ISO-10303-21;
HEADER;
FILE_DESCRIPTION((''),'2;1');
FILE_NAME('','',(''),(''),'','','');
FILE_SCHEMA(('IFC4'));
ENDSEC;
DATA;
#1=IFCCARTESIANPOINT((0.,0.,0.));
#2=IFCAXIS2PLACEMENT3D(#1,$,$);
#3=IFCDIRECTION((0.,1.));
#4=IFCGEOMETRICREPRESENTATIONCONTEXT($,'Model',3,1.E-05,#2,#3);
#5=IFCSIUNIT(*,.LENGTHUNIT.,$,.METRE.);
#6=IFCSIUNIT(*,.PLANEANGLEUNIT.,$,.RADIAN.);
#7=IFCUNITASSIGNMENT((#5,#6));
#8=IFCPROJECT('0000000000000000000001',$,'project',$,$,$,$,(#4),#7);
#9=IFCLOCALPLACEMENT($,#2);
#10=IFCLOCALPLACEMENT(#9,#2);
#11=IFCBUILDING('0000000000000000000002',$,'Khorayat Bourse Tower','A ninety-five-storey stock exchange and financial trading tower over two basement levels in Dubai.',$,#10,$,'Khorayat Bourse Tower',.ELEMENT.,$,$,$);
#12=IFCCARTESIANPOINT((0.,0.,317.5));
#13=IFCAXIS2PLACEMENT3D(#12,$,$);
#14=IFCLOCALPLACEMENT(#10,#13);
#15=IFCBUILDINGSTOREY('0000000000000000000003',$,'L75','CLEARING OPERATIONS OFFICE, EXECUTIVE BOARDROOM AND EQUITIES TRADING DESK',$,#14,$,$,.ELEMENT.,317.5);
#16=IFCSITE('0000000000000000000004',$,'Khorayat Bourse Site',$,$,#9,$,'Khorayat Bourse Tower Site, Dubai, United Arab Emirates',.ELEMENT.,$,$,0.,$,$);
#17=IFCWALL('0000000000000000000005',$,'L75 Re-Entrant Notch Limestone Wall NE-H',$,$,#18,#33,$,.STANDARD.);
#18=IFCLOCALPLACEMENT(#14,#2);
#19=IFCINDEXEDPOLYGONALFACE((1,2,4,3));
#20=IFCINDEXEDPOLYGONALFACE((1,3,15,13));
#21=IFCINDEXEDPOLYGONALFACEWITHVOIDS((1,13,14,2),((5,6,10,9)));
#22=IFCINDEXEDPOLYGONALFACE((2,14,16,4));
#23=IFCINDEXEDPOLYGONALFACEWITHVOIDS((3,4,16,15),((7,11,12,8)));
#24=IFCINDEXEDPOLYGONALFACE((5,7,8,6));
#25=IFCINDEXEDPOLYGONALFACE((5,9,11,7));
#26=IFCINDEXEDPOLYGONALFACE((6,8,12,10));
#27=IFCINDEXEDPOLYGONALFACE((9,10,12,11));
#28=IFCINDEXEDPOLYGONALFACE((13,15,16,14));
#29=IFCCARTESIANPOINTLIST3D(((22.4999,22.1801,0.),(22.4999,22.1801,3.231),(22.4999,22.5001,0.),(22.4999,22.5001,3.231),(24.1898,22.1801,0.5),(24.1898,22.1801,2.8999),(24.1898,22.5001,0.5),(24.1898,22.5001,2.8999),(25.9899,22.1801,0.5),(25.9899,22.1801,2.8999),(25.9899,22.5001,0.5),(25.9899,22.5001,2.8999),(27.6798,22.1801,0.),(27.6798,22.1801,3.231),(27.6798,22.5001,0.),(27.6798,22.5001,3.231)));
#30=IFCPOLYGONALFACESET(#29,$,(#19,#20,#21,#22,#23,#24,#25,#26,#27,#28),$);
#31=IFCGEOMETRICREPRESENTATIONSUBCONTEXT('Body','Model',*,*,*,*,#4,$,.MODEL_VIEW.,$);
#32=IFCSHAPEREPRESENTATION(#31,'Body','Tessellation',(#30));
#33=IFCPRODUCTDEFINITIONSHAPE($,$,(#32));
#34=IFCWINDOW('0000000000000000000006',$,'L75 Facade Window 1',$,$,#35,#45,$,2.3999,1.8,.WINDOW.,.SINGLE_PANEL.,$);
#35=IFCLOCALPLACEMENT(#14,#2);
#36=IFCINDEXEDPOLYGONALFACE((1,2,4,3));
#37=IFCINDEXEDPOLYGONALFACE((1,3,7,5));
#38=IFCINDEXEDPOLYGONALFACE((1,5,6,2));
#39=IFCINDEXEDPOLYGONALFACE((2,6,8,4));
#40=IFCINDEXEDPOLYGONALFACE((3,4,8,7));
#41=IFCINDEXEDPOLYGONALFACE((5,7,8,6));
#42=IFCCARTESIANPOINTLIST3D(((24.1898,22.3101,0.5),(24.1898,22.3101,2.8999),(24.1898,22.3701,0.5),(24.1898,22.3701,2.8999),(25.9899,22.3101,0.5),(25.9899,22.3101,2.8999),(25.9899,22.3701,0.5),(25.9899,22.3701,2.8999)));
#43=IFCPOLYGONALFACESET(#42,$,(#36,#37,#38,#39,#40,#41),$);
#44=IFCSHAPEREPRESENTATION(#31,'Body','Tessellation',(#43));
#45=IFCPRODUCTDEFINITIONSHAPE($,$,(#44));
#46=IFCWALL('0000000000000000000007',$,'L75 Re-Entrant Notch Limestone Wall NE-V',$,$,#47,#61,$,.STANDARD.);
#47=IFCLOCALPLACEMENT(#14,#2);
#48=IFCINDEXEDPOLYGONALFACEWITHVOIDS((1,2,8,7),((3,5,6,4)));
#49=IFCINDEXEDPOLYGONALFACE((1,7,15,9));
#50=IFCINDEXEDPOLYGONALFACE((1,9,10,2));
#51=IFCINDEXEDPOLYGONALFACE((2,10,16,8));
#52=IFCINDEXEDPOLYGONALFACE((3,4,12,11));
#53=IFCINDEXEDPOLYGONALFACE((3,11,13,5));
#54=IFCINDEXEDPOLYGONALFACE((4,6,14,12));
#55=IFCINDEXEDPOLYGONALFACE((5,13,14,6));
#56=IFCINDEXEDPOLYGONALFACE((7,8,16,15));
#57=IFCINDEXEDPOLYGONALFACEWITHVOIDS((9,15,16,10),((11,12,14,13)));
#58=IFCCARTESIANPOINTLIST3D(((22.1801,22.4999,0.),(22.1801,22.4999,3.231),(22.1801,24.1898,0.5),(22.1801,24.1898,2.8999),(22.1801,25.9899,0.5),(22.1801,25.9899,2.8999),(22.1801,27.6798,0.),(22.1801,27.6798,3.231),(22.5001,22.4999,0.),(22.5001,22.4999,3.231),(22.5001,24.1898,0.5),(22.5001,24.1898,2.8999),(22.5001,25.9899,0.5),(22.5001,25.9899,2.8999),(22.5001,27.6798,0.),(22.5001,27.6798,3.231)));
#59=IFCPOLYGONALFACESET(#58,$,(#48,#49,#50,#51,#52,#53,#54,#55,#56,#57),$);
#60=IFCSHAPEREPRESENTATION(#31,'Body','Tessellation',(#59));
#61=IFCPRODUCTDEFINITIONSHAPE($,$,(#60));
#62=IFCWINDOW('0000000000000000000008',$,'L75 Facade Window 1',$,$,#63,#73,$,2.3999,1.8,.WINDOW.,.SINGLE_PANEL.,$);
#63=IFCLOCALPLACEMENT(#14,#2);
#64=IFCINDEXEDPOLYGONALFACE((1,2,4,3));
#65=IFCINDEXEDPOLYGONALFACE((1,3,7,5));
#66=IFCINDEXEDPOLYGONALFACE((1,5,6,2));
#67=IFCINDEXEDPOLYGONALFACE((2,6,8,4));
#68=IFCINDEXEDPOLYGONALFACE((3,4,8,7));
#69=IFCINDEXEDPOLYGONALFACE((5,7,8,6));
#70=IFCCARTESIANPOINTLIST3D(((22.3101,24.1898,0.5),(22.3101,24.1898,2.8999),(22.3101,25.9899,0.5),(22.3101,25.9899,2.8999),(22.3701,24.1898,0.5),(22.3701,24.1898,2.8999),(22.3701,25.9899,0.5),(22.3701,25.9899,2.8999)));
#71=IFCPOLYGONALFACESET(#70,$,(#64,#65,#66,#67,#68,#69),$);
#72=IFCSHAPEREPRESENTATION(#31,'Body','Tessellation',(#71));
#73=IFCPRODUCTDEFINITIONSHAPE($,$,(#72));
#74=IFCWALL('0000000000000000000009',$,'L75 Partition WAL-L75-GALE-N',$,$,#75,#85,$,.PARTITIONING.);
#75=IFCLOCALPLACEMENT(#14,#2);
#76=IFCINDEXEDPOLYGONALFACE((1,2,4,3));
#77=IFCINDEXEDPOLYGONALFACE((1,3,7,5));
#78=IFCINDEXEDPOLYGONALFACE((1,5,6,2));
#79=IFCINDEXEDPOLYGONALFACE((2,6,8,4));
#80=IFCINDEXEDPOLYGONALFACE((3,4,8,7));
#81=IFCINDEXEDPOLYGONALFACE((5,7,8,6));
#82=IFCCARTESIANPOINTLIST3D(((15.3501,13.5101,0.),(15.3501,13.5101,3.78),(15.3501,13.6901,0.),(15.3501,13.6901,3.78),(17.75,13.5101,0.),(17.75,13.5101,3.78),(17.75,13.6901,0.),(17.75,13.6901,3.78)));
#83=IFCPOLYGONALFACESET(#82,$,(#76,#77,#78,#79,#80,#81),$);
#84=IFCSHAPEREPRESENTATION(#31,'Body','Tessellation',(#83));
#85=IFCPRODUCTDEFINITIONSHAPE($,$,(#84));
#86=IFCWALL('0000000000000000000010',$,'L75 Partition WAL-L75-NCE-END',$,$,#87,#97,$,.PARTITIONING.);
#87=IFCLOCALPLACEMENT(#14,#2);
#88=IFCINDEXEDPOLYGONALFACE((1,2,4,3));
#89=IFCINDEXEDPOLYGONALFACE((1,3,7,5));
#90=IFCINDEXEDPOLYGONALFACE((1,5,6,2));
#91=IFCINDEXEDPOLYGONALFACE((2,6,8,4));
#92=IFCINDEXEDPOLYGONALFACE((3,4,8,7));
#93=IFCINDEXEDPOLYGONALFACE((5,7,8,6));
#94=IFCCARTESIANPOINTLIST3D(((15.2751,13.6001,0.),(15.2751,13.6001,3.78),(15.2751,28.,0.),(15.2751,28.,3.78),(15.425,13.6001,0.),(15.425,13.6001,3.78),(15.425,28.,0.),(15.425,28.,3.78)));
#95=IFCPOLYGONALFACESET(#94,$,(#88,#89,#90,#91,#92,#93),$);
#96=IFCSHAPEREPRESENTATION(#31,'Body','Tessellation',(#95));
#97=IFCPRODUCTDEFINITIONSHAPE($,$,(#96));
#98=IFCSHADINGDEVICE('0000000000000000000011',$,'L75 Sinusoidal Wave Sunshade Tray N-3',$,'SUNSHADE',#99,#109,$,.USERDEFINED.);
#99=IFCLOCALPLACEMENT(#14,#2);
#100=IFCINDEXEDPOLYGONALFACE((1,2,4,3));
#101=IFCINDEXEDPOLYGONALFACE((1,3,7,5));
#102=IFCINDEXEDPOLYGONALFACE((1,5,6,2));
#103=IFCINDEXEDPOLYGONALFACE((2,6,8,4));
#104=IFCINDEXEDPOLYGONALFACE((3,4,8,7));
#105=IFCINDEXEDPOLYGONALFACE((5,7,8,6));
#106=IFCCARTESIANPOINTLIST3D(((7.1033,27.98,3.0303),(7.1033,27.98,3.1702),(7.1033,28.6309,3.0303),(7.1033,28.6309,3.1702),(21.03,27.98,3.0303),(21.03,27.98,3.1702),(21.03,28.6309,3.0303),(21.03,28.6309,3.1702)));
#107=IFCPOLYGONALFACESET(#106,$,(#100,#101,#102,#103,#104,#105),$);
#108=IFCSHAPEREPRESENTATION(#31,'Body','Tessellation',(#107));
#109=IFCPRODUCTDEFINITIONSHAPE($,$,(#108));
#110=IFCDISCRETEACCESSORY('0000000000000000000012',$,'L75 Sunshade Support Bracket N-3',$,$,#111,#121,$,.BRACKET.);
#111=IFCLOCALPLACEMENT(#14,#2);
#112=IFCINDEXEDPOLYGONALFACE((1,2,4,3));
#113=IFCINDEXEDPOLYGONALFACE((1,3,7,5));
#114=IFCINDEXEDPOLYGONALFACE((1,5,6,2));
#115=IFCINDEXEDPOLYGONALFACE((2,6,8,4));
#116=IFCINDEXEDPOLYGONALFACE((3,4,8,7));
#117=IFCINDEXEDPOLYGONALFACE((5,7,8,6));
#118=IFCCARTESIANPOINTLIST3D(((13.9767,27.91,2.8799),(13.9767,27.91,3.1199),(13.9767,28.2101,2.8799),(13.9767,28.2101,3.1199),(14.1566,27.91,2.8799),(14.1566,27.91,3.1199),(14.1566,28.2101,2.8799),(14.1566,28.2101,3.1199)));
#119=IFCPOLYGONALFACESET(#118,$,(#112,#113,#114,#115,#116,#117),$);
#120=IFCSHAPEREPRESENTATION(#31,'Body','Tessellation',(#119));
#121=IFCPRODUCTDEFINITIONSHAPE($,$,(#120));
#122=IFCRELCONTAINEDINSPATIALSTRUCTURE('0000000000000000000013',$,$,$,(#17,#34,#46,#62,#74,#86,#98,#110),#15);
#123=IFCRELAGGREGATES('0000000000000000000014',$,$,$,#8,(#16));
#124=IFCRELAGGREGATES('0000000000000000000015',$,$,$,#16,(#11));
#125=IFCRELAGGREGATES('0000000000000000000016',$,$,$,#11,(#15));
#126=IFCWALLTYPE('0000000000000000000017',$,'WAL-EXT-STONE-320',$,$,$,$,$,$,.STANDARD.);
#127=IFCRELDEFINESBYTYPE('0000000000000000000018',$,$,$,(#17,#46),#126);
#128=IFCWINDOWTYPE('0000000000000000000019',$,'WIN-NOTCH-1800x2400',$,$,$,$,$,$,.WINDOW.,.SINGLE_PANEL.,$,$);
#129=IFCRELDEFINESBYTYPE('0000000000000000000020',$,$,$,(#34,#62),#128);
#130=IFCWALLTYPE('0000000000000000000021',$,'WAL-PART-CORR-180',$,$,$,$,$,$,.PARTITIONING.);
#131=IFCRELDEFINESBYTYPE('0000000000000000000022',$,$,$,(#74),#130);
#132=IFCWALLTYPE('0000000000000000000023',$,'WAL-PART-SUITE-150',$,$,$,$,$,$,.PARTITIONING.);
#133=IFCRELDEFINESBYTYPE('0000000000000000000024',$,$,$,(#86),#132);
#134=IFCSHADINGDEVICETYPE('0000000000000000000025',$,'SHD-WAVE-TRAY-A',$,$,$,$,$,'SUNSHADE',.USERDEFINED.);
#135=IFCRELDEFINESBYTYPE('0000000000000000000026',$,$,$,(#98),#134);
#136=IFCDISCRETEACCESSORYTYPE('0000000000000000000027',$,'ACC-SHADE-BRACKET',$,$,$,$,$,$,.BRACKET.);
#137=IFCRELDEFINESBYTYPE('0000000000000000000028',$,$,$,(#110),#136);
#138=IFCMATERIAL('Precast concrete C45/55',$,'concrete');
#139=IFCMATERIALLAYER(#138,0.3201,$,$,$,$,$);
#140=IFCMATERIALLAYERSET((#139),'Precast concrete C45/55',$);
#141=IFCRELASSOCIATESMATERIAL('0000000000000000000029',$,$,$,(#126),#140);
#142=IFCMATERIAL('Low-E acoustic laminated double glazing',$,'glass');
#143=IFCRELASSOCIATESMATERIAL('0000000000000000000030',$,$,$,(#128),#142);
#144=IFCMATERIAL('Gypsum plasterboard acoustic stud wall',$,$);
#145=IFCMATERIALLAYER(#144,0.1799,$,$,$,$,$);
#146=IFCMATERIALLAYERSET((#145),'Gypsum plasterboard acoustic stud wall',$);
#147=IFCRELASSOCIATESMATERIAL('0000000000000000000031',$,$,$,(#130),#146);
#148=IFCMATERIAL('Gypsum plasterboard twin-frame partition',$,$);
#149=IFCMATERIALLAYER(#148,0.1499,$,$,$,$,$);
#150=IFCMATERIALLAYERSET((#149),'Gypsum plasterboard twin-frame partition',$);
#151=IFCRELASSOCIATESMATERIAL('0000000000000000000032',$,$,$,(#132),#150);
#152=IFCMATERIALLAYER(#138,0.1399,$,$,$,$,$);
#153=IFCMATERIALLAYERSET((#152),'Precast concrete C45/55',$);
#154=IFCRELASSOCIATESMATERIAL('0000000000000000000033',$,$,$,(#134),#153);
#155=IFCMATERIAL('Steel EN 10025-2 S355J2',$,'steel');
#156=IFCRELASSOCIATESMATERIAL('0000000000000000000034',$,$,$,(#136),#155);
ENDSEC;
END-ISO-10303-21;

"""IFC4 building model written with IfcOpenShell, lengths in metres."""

from ifc_helpers import new_model, si_unit, direction, frame, frame_2d, origin, origin_2d, place, context, subcontext, project, spatial, rectangle, extrude, source, transform, mapped, material, layer, layer_set, type_object, element, fill, save


model = new_model("IFC4")

# Units and contexts
model_context = context("Model", 3, precision=1e-05, world=origin(), true_north=direction((0.0, 1.0)))
body_context = subcontext(model_context, "Body", "Model", "MODEL_VIEW")
ifc_project = project(units=[si_unit("LENGTHUNIT", "METRE"), si_unit("PLANEANGLEUNIT", "RADIAN")], contexts=[model_context])

# Site, building, storey
site_placement = place(None, origin())
site = spatial("IfcSite", under=ifc_project, at=site_placement, Name="Khorayat Bourse Site", LongName="Khorayat Bourse Tower Site, Dubai, United Arab Emirates", CompositionType="ELEMENT", RefElevation=0.0)
building_placement = place(site_placement, origin())
building = spatial("IfcBuilding", under=site, at=building_placement, Name="Khorayat Bourse Tower", Description="A ninety-five-storey stock exchange and financial trading tower over two basement levels in Dubai.", LongName="Khorayat Bourse Tower", CompositionType="ELEMENT")
storey_placement = place(building_placement, frame((0.0, 0.0, 317.5)))
storey = spatial("IfcBuildingStorey", under=building, at=storey_placement, Name="L75", Description="CLEARING OPERATIONS OFFICE, EXECUTIVE BOARDROOM AND EQUITIES TRADING DESK", CompositionType="ELEMENT", Elevation=317.5)

# Shared definitions
ifc_material_1 = material(Name="Steel EN 10025-2 S355J2", Category="steel")

# Walls, openings, windows
ifc_material_2 = material(Name="Precast concrete C45/55", Category="concrete")
ifc_layer_1 = layer(ifc_material_2, 0.3201)
ifc_layer_set_1 = layer_set([ifc_layer_1], Name="Precast concrete C45/55")
wall_type_1 = type_object("IfcWallType", Name="WAL-EXT-STONE-320", PredefinedType="STANDARD", material=ifc_layer_set_1)
shared_shape_1 = source(origin(), body_context, "Body", "SweptSolid", [
    extrude(rectangle(XDim=5.1799, YDim=0.3201, at=frame_2d((2.5898, 0.0))), origin(), (0.0, 0.0, 1.0), 3.231),
])
wall_1_placement = place(storey_placement, frame((22.5, 22.3401, 0.0), z_axis=(0.0, 0.0, 1.0), x_axis=(1.0, 0.0, 0.0)))
wall_1 = element("IfcWall", 1, at=wall_1_placement, inside=storey, type_object=wall_type_1, Name="L75 Re-Entrant Notch Limestone Wall NE-H", PredefinedType="STANDARD", context=body_context, shape_type="MappedRepresentation", body=[
    mapped(shared_shape_1, transform((0.0, 0.0, 0.0), scale=1.0)),
])
shared_shape_2 = source(origin(), body_context, "Body", "SweptSolid", [
    extrude(rectangle(XDim=1.8, YDim=2.3999, at=frame_2d((0.8999, 1.2))), frame((0.0, 0.1699, 0.0), z_axis=(0.0, -1.0, 0.0), x_axis=(1.0, 0.0, 0.0)), (0.0, 0.0, 1.0), 0.3401),
])
opening_1_placement = place(wall_1_placement, frame((1.6899, 0.0, 0.5)))
opening_1 = element("IfcOpeningElement", 2, at=opening_1_placement, cuts=wall_1, PredefinedType="OPENING", context=body_context, shape_type="MappedRepresentation", body=[
    mapped(shared_shape_2, transform((0.0, 0.0, 0.0), scale=1.0)),
])
ifc_material_3 = material(Name="Low-E acoustic laminated double glazing", Category="glass")
window_type = type_object("IfcWindowType", Name="WIN-NOTCH-1800x2400", PartitioningType="SINGLE_PANEL", PredefinedType="WINDOW", material=ifc_material_3)
shared_shape_3 = source(origin(), body_context, "Body", "SweptSolid", [
    extrude(rectangle(XDim=1.8, YDim=2.3999, at=frame_2d((0.8999, 1.2))), frame((0.0, 0.03, 0.0), z_axis=(0.0, -1.0, 0.0), x_axis=(1.0, 0.0, 0.0)), (0.0, 0.0, 1.0), 0.0601),
])
window_1_placement = place(opening_1_placement, origin())
window_1 = element("IfcWindow", 3, at=window_1_placement, inside=storey, type_object=window_type, Name="L75 Facade Window 1", OverallHeight=2.3999, OverallWidth=1.8, PartitioningType="SINGLE_PANEL", PredefinedType="WINDOW", context=body_context, shape_type="MappedRepresentation", body=[
    mapped(shared_shape_3, transform((0.0, 0.0, 0.0), scale=1.0)),
])
fill(opening_1, window_1)
wall_2_placement = place(storey_placement, frame((22.3401, 22.5, 0.0), z_axis=(0.0, 0.0, 1.0), x_axis=(0.0, 1.0, 0.0)))
wall_2 = element("IfcWall", 4, at=wall_2_placement, inside=storey, type_object=wall_type_1, Name="L75 Re-Entrant Notch Limestone Wall NE-V", PredefinedType="STANDARD", context=body_context, shape_type="MappedRepresentation", body=[
    mapped(shared_shape_1, transform((0.0, 0.0, 0.0), scale=1.0)),
])
opening_2_placement = place(wall_2_placement, frame((1.6899, 0.0, 0.5)))
opening_2 = element("IfcOpeningElement", 5, at=opening_2_placement, cuts=wall_2, PredefinedType="OPENING", context=body_context, shape_type="MappedRepresentation", body=[
    mapped(shared_shape_2, transform((0.0, 0.0, 0.0), scale=1.0)),
])
window_2_placement = place(opening_2_placement, origin())
window_2 = element("IfcWindow", 6, at=window_2_placement, inside=storey, type_object=window_type, Name="L75 Facade Window 1", OverallHeight=2.3999, OverallWidth=1.8, PartitioningType="SINGLE_PANEL", PredefinedType="WINDOW", context=body_context, shape_type="MappedRepresentation", body=[
    mapped(shared_shape_3, transform((0.0, 0.0, 0.0), scale=1.0)),
])
fill(opening_2, window_2)

# Walls
ifc_material_4 = material(Name="Gypsum plasterboard acoustic stud wall")
ifc_layer_2 = layer(ifc_material_4, 0.1799)
ifc_layer_set_2 = layer_set([ifc_layer_2], Name="Gypsum plasterboard acoustic stud wall")
wall_type_2 = type_object("IfcWallType", Name="WAL-PART-CORR-180", PredefinedType="PARTITIONING", material=ifc_layer_set_2)
shared_shape_4 = source(origin(), body_context, "Body", "SweptSolid", [
    extrude(rectangle(XDim=2.3999, YDim=0.1799, at=frame_2d((1.2, 0.0))), origin(), (0.0, 0.0, 1.0), 3.78),
])
wall_3_placement = place(storey_placement, frame((15.3501, 13.6001, 0.0), z_axis=(0.0, 0.0, 1.0), x_axis=(1.0, 0.0, 0.0)))
element("IfcWall", 7, at=wall_3_placement, inside=storey, type_object=wall_type_2, Name="L75 Partition WAL-L75-GALE-N", PredefinedType="PARTITIONING", context=body_context, shape_type="MappedRepresentation", body=[
    mapped(shared_shape_4, transform((0.0, 0.0, 0.0), scale=1.0)),
])
ifc_material_5 = material(Name="Gypsum plasterboard twin-frame partition")
ifc_layer_3 = layer(ifc_material_5, 0.1499)
ifc_layer_set_3 = layer_set([ifc_layer_3], Name="Gypsum plasterboard twin-frame partition")
wall_type_3 = type_object("IfcWallType", Name="WAL-PART-SUITE-150", PredefinedType="PARTITIONING", material=ifc_layer_set_3)
shared_shape_5 = source(origin(), body_context, "Body", "SweptSolid", [
    extrude(rectangle(XDim=14.3999, YDim=0.1499, at=frame_2d((7.2, 0.0))), origin(), (0.0, 0.0, 1.0), 3.78),
])
wall_4_placement = place(storey_placement, frame((15.3501, 13.6001, 0.0), z_axis=(0.0, 0.0, 1.0), x_axis=(0.0, 1.0, 0.0)))
element("IfcWall", 8, at=wall_4_placement, inside=storey, type_object=wall_type_3, Name="L75 Partition WAL-L75-NCE-END", PredefinedType="PARTITIONING", context=body_context, shape_type="MappedRepresentation", body=[
    mapped(shared_shape_5, transform((0.0, 0.0, 0.0), scale=1.0)),
])

# Shading device
ifc_layer_4 = layer(ifc_material_2, 0.1399)
ifc_layer_set_4 = layer_set([ifc_layer_4], Name="Precast concrete C45/55")
shading_device_type = type_object("IfcShadingDeviceType", Name="SHD-WAVE-TRAY-A", ElementType="SUNSHADE", PredefinedType="USERDEFINED", material=ifc_layer_set_4)
shared_shape_6 = source(origin(), body_context, "Body", "SweptSolid", [
    extrude(rectangle(XDim=13.9268, YDim=0.6509, at=origin_2d()), origin(), (0.0, 0.0, 1.0), 0.1399),
])
shading_device_placement = place(storey_placement, frame((14.0667, 28.3054, 3.0303), z_axis=(0.0, 0.0, 1.0), x_axis=(1.0, 0.0, 0.0)))
element("IfcShadingDevice", 9, at=shading_device_placement, inside=storey, type_object=shading_device_type, Name="L75 Sinusoidal Wave Sunshade Tray N-3", ObjectType="SUNSHADE", PredefinedType="USERDEFINED", context=body_context, shape_type="MappedRepresentation", body=[
    mapped(shared_shape_6, transform((0.0, 0.0, 0.0), scale=1.0)),
])

# Discrete accessory
discrete_accessory_type = type_object("IfcDiscreteAccessoryType", Name="ACC-SHADE-BRACKET", PredefinedType="BRACKET", material=ifc_material_1)
shared_shape_7 = source(origin(), body_context, "Body", "SweptSolid", [
    extrude(rectangle(XDim=0.1799, YDim=0.3, at=origin_2d()), origin(), (0.0, 0.0, 1.0), 0.24),
])
discrete_accessory_placement = place(storey_placement, frame((14.0667, 28.0601, 2.8799), z_axis=(0.0, 0.0, 1.0), x_axis=(1.0, 0.0, 0.0)))
element("IfcDiscreteAccessory", 10, at=discrete_accessory_placement, inside=storey, type_object=discrete_accessory_type, Name="L75 Sunshade Support Bracket N-3", PredefinedType="BRACKET", context=body_context, shape_type="MappedRepresentation", body=[
    mapped(shared_shape_7, transform((0.0, 0.0, 0.0), scale=1.0)),
])

save(model, "model.ifc")
